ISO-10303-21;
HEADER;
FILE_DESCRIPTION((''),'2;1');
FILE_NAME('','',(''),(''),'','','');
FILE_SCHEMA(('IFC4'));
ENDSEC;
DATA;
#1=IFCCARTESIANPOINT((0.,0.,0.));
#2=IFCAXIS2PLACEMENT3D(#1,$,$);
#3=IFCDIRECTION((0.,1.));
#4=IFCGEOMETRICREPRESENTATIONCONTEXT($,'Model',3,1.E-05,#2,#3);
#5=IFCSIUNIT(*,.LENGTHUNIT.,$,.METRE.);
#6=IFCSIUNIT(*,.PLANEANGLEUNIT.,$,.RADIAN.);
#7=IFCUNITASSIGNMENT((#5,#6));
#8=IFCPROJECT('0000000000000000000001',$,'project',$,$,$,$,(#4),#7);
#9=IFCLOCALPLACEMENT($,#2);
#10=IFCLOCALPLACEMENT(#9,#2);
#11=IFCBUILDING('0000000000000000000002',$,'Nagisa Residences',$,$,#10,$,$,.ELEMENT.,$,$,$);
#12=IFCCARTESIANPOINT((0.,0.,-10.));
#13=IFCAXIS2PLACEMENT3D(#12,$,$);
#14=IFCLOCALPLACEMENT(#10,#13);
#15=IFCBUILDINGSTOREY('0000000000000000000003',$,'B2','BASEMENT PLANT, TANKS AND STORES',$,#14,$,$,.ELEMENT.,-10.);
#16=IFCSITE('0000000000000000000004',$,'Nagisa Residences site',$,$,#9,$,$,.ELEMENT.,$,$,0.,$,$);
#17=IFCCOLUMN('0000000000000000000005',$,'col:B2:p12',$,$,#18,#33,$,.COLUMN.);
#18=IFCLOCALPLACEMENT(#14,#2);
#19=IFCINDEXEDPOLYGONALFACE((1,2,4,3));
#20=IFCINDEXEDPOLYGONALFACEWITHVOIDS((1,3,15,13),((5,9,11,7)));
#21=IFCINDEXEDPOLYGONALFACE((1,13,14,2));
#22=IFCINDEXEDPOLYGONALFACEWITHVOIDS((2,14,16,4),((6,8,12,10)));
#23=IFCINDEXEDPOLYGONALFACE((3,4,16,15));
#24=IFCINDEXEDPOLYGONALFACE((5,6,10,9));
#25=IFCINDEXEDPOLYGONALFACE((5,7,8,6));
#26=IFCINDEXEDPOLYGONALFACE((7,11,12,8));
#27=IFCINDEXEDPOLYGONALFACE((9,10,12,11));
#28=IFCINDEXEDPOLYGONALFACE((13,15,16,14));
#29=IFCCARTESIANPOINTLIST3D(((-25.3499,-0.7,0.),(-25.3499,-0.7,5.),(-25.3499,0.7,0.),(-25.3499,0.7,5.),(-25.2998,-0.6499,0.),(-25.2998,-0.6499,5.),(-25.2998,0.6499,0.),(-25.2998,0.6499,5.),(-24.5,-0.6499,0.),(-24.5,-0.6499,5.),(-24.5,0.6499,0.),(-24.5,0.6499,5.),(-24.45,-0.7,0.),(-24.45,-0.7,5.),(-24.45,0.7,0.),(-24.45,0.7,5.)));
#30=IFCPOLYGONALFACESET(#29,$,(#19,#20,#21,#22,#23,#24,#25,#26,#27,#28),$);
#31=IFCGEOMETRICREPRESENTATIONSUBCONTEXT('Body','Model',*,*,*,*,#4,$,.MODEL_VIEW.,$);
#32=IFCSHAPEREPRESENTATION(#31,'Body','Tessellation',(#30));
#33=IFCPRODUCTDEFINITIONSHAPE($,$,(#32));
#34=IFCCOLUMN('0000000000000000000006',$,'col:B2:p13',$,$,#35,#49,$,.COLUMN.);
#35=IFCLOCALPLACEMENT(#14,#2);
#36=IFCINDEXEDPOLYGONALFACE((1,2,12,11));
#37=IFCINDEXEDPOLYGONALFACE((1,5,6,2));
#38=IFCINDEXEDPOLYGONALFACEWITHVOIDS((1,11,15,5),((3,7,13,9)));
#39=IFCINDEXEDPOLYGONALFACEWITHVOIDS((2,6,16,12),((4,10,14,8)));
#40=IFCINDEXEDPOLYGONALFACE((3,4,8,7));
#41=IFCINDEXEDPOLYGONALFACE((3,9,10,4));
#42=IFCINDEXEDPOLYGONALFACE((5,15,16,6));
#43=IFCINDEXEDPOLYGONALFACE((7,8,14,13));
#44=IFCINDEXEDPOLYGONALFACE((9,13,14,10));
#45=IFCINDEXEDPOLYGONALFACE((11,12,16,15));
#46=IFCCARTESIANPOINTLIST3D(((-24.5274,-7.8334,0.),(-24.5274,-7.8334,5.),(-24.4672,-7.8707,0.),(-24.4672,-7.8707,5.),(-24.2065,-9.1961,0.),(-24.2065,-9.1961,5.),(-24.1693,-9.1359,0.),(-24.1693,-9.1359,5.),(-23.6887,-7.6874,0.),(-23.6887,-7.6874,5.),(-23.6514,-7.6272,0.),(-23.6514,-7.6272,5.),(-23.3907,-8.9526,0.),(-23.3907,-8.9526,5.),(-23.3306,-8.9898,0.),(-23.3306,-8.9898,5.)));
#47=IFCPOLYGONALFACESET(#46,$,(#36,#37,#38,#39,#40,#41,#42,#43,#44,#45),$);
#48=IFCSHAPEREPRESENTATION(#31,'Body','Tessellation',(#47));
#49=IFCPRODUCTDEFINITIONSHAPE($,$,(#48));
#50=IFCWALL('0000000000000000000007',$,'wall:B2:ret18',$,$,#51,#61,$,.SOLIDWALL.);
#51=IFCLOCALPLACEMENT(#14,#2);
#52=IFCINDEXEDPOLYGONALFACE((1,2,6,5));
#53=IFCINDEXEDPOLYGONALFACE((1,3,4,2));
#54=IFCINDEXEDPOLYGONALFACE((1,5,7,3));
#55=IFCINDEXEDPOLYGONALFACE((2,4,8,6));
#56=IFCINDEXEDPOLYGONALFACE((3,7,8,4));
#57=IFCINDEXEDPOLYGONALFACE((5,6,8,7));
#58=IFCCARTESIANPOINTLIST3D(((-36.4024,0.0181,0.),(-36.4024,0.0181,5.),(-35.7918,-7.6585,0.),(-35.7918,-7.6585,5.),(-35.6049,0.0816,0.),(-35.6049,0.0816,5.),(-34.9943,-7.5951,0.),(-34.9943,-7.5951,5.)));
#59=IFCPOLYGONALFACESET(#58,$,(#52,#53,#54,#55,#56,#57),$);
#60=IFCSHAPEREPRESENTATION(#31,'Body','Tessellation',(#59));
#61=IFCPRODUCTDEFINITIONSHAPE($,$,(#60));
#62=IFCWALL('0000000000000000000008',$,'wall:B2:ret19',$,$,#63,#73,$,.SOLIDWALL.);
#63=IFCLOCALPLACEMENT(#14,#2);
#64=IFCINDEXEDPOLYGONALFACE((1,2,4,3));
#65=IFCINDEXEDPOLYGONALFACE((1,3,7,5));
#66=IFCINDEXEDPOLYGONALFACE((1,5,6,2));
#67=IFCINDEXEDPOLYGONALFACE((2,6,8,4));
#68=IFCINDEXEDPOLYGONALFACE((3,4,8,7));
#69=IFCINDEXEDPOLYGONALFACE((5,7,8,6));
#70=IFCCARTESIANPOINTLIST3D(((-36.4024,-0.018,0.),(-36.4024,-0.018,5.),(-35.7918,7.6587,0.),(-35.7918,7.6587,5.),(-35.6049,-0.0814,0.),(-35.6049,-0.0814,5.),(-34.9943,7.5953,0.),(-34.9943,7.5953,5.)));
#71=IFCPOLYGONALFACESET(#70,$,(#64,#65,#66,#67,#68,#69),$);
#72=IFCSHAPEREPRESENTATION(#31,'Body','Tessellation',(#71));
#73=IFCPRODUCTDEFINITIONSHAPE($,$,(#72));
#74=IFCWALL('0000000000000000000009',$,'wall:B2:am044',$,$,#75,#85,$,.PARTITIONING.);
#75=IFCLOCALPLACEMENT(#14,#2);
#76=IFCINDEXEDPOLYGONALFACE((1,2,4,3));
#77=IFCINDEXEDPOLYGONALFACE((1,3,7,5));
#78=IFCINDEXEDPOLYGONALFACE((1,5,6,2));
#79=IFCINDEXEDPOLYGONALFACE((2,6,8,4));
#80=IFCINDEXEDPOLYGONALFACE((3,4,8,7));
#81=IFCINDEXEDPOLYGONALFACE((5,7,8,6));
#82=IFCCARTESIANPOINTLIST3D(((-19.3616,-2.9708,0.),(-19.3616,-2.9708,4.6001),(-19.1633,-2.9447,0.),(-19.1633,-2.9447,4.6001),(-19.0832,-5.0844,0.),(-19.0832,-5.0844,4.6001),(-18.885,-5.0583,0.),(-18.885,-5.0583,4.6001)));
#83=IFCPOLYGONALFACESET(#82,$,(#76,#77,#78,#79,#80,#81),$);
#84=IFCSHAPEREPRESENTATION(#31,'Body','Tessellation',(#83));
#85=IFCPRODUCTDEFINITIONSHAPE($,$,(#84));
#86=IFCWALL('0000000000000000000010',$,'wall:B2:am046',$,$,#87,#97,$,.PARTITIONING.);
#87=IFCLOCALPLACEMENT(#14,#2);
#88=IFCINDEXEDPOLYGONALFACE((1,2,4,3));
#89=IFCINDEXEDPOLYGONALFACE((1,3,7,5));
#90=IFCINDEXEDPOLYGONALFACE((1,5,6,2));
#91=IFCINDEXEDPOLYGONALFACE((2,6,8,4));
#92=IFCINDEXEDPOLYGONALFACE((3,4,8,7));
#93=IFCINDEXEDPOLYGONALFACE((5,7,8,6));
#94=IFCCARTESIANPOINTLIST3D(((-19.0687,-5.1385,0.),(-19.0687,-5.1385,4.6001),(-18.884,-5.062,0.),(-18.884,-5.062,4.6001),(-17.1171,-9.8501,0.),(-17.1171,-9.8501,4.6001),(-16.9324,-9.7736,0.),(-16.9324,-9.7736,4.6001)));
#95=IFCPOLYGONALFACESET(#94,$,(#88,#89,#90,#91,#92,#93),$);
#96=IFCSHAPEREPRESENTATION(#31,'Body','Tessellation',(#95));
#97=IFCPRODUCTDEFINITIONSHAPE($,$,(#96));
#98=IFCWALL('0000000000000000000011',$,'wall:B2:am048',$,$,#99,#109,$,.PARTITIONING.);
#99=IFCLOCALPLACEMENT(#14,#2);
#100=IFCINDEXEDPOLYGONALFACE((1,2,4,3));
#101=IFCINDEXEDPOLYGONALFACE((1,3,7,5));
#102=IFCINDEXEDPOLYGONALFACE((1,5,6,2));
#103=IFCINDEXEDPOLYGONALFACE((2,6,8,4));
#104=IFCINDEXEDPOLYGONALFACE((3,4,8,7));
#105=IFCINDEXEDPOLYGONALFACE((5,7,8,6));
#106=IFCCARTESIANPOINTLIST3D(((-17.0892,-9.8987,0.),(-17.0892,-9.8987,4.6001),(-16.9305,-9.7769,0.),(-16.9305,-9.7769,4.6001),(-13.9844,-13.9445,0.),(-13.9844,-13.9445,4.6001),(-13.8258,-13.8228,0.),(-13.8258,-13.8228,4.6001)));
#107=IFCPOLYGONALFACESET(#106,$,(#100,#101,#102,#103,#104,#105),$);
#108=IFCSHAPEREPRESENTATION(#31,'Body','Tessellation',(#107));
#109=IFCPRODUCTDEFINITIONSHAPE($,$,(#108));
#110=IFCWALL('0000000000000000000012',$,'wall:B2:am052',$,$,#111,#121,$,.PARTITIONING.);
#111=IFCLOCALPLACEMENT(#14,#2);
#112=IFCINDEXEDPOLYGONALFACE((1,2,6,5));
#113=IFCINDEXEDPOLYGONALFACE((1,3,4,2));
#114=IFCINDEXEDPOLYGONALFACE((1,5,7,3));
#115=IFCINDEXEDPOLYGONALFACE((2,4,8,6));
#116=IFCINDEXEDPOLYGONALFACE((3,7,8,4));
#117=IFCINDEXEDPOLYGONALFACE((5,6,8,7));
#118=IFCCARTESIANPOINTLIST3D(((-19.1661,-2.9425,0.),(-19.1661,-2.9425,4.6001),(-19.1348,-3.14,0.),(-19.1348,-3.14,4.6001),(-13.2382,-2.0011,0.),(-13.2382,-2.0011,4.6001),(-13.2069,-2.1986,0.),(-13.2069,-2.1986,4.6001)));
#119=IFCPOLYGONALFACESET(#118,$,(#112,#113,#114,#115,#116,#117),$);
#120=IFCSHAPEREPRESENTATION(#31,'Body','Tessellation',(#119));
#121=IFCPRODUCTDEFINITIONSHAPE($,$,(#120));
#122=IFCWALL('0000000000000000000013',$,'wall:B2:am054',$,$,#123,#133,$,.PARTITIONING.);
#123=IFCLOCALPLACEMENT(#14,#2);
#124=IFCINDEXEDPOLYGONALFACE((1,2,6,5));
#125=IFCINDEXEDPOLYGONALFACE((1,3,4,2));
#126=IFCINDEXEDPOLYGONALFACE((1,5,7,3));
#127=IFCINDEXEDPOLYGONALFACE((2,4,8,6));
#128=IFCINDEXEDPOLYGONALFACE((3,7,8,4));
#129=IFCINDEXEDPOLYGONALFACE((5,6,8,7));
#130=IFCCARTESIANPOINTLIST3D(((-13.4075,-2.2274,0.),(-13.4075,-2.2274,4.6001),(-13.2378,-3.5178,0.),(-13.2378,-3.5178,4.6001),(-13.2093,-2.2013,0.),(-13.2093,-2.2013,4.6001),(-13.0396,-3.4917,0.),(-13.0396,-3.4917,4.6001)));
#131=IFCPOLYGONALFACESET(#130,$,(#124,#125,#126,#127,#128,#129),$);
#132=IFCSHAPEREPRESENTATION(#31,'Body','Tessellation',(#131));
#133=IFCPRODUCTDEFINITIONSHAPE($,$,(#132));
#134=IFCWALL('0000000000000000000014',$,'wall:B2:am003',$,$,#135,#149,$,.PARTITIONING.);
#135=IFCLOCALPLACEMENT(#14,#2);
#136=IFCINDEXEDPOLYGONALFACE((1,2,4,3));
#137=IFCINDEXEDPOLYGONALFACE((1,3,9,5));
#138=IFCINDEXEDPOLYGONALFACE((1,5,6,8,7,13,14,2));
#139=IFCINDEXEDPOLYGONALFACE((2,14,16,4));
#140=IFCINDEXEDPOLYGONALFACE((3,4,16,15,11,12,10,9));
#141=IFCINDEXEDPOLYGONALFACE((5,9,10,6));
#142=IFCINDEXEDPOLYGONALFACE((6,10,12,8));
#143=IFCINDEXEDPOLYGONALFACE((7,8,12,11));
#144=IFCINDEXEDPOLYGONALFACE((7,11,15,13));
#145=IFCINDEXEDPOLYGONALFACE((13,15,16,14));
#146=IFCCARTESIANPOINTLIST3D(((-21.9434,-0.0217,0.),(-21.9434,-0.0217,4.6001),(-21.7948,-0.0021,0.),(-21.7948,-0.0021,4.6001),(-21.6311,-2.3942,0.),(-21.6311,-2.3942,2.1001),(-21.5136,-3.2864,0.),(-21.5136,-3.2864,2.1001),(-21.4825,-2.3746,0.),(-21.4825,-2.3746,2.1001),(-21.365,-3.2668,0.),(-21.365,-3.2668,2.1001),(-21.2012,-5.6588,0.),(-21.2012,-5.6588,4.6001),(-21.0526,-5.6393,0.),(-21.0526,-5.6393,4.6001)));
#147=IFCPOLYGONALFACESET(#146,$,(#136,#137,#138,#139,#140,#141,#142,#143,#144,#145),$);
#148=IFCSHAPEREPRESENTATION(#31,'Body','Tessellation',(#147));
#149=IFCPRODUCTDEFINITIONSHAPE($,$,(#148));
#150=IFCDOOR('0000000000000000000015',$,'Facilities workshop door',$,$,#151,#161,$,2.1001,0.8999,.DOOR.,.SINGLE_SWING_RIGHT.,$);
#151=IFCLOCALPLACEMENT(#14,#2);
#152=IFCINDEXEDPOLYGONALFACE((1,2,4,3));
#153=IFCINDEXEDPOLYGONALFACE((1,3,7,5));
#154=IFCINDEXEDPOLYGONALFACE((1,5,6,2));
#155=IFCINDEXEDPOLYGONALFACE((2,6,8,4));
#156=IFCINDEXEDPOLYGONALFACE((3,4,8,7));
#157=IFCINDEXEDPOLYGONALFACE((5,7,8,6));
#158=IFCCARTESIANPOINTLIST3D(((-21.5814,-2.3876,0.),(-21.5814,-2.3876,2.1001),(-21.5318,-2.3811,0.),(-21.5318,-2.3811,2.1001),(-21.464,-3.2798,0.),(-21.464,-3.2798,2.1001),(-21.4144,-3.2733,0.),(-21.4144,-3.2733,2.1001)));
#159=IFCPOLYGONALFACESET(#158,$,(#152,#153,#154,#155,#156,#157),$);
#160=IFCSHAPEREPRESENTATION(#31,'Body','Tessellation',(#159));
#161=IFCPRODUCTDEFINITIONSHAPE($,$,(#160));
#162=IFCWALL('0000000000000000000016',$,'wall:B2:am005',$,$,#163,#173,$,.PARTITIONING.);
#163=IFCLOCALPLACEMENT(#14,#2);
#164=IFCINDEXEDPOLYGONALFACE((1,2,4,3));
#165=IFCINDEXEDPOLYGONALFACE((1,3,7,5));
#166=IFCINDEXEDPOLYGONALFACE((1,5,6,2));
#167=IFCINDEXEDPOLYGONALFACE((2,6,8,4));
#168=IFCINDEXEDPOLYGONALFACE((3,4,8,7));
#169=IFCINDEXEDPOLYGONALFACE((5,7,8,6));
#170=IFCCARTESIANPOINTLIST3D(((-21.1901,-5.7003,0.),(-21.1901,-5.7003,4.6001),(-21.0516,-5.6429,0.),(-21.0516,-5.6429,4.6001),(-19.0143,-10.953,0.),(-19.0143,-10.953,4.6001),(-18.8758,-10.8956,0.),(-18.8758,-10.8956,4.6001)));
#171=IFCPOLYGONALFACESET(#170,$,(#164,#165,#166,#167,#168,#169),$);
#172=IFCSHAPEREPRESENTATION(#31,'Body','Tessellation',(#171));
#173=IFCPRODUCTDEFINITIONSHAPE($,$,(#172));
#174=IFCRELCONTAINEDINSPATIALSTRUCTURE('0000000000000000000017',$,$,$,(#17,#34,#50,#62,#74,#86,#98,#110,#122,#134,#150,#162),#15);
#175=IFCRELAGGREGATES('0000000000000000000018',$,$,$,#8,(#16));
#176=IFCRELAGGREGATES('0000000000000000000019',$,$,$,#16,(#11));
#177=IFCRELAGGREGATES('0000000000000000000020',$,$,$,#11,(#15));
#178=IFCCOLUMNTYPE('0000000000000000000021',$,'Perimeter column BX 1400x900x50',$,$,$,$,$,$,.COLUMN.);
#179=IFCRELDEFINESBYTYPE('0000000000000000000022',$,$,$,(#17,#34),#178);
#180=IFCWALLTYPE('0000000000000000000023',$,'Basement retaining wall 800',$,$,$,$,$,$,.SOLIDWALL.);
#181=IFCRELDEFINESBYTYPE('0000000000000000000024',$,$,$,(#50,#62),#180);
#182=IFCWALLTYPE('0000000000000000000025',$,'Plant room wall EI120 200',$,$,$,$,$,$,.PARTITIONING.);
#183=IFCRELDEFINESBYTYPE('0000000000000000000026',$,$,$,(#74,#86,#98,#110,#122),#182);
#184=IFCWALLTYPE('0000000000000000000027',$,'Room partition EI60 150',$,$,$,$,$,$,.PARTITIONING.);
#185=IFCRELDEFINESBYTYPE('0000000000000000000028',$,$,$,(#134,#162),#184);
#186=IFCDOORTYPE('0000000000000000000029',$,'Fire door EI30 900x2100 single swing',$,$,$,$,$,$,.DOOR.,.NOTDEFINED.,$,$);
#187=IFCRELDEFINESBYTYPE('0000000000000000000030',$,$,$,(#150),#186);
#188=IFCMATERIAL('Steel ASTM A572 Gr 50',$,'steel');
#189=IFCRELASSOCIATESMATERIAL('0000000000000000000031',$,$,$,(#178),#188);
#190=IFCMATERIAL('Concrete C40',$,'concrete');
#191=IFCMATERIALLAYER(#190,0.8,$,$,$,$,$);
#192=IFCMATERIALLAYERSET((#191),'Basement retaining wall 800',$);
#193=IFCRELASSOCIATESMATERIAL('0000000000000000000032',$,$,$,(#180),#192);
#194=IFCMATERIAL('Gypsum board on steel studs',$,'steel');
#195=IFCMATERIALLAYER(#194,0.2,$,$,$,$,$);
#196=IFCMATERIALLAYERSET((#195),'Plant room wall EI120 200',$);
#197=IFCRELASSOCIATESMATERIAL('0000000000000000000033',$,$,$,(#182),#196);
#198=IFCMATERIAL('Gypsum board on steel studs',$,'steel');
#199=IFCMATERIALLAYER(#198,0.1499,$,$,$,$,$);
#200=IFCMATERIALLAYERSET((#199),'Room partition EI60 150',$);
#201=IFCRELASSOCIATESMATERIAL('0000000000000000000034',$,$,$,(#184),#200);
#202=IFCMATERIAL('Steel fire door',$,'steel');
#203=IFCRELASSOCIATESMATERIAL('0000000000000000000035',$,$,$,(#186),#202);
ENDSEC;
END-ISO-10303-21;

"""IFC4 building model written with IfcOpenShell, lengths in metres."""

from ifc_helpers import new_model, si_unit, direction, frame, frame_2d, origin, origin_2d, place, context, subcontext, project, spatial, rectangle, hollow_rectangle, extrude, material, layer, layer_set, material_profile, profile_set, type_object, element, fill, save


model = new_model("IFC4")

# Units and contexts
model_context = context("Model", 3, precision=1e-05, world=origin(), true_north=direction((0.0, 1.0)))
body_context = subcontext(model_context, "Body", "Model", "MODEL_VIEW")
ifc_project = project(units=[si_unit("LENGTHUNIT", "METRE"), si_unit("PLANEANGLEUNIT", "RADIAN")], contexts=[model_context])

# Site, building, storey
site_placement = place(None, origin())
site = spatial("IfcSite", under=ifc_project, at=site_placement, Name="Nagisa Residences site", CompositionType="ELEMENT", RefElevation=0.0)
building_placement = place(site_placement, origin())
building = spatial("IfcBuilding", under=site, at=building_placement, Name="Nagisa Residences", CompositionType="ELEMENT")
storey_placement = place(building_placement, frame((0.0, 0.0, -10.0)))
storey = spatial("IfcBuildingStorey", under=building, at=storey_placement, Name="B2", Description="BASEMENT PLANT, TANKS AND STORES", CompositionType="ELEMENT", Elevation=-10.0)

# Columns
ifc_material_1 = material(Name="Steel ASTM A572 Gr 50", Category="steel")
ifc_material_profile_1 = material_profile(ifc_material_1, hollow_rectangle(XDim=1.3999, YDim=0.8999, WallThickness=0.05, at=origin_2d()), Name="BX 1400x900x50")
ifc_profile_set_1 = profile_set([ifc_material_profile_1], Name="Steel ASTM A572 Gr 50")
column_type_1 = type_object("IfcColumnType", Name="Perimeter column BX 1400x900x50", PredefinedType="COLUMN", material=ifc_profile_set_1)
for number, where, z_axis, x_axis, name in (
    (1, (-24.8999, 0.0, 0.0), (0.0, 0.0, 1.0), (0.0, -1.0, 0.0), "col:B2:p12"),
    (2, (-23.929, -8.4116, 0.0), (0.0, 0.0, 1.0), (0.229202, -0.973379, 0.0), "col:B2:p13"),
):
    element("IfcColumn", number, at=place(storey_placement, frame(where, z_axis=z_axis, x_axis=x_axis)), inside=storey, type_object=column_type_1, Name=name, PredefinedType="COLUMN", context=body_context, shape_type="SweptSolid", body=[
        extrude(hollow_rectangle(XDim=1.3999, YDim=0.8999, WallThickness=0.05, at=origin_2d()), origin(), (0.0, 0.0, 1.0), 5.0),
    ])

# Walls
ifc_material_2 = material(Name="Concrete C40", Category="concrete")
ifc_layer_1 = layer(ifc_material_2, 0.8)
ifc_layer_set_1 = layer_set([ifc_layer_1], Name="Basement retaining wall 800")
wall_type_1 = type_object("IfcWallType", Name="Basement retaining wall 800", PredefinedType="SOLIDWALL", material=ifc_layer_set_1)
for number, where, z_axis, x_axis, name in (
    (3, (-35.3931, -7.627, 0.0), (0.0, 0.0, 1.0), (-0.079288, 0.996852, 0.0), "wall:B2:ret18"),
    (4, (-36.0037, -0.0498, 0.0), (0.0, 0.0, 1.0), (0.079288, 0.996852, 0.0), "wall:B2:ret19"),
):
    element("IfcWall", number, at=place(storey_placement, frame(where, z_axis=z_axis, x_axis=x_axis)), inside=storey, type_object=wall_type_1, Name=name, PredefinedType="SOLIDWALL", context=body_context, shape_type="SweptSolid", body=[
        extrude(rectangle(XDim=7.7009, YDim=0.8, at=frame_2d((3.8506, 0.0))), origin(), (0.0, 0.0, 1.0), 5.0),
    ])
ifc_material_3 = material(Name="Gypsum board on steel studs", Category="steel")
ifc_layer_2 = layer(ifc_material_3, 0.2)
ifc_layer_set_2 = layer_set([ifc_layer_2], Name="Plant room wall EI120 200")
wall_type_2 = type_object("IfcWallType", Name="Plant room wall EI120 200", PredefinedType="PARTITIONING", material=ifc_layer_set_2)
wall_1_placement = place(storey_placement, frame((-19.2625, -2.9578, 0.0), z_axis=(0.0, 0.0, 1.0), x_axis=(0.130558, -0.991441, 0.0)))
element("IfcWall", 5, at=wall_1_placement, inside=storey, type_object=wall_type_2, Name="wall:B2:am044", PredefinedType="PARTITIONING", context=body_context, shape_type="SweptSolid", body=[
    extrude(rectangle(XDim=2.1318, YDim=0.2, at=frame_2d((1.0659, 0.0))), origin(), (0.0, 0.0, 1.0), 4.6001),
])
for number, where, z_axis, x_axis, name in (
    (6, (-18.9763, -5.1003, 0.0), (0.0, 0.0, 1.0), (0.382687, -0.923878, 0.0), "wall:B2:am046"),
    (7, (-17.0098, -9.8379, 0.0), (0.0, 0.0, 1.0), (0.608787, -0.793334, 0.0), "wall:B2:am048"),
):
    element("IfcWall", number, at=place(storey_placement, frame(where, z_axis=z_axis, x_axis=x_axis)), inside=storey, type_object=wall_type_2, Name=name, PredefinedType="PARTITIONING", context=body_context, shape_type="SweptSolid", body=[
        extrude(rectangle(XDim=5.0999, YDim=0.2, at=frame_2d((2.5498, 0.0))), origin(), (0.0, 0.0, 1.0), 4.6001),
    ])
wall_2_placement = place(storey_placement, frame((-13.2227, -2.0999, 0.0), z_axis=(0.0, 0.0, 1.0), x_axis=(-0.987624, -0.156842, 0.0)))
element("IfcWall", 8, at=wall_2_placement, inside=storey, type_object=wall_type_2, Name="wall:B2:am052", PredefinedType="PARTITIONING", context=body_context, shape_type="SweptSolid", body=[
    extrude(rectangle(XDim=6.0022, YDim=0.2, at=frame_2d((3.001, 0.0))), origin(), (0.0, 0.0, 1.0), 4.6001),
])
wall_3_placement = place(storey_placement, frame((-13.1387, -3.5049, 0.0), z_axis=(0.0, 0.0, 1.0), x_axis=(-0.130382, 0.991464, 0.0)))
element("IfcWall", 9, at=wall_3_placement, inside=storey, type_object=wall_type_2, Name="wall:B2:am054", PredefinedType="PARTITIONING", context=body_context, shape_type="SweptSolid", body=[
    extrude(rectangle(XDim=1.3015, YDim=0.2, at=frame_2d((0.6509, 0.0))), origin(), (0.0, 0.0, 1.0), 4.6001),
])

# Wall, opening, door
ifc_material_4 = material(Name="Gypsum board on steel studs", Category="steel")
ifc_layer_3 = layer(ifc_material_4, 0.1499)
ifc_layer_set_3 = layer_set([ifc_layer_3], Name="Room partition EI60 150")
wall_type_3 = type_object("IfcWallType", Name="Room partition EI60 150", PredefinedType="PARTITIONING", material=ifc_layer_set_3)
wall_4_placement = place(storey_placement, frame((-21.127, -5.6489, 0.0), z_axis=(0.0, 0.0, 1.0), x_axis=(-0.130532, 0.991444, 0.0)))
wall_4 = element("IfcWall", 10, at=wall_4_placement, inside=storey, type_object=wall_type_3, Name="wall:B2:am003", PredefinedType="PARTITIONING", context=body_context, shape_type="SweptSolid", body=[
    extrude(rectangle(XDim=5.6858, YDim=0.1499, at=frame_2d((2.8428, 0.0))), origin(), (0.0, 0.0, 1.0), 4.6001),
])
opening_placement = place(wall_4_placement, frame((2.3928, 0.0, 0.0)))
opening = element("IfcOpeningElement", 11, at=opening_placement, cuts=wall_4, PredefinedType="OPENING", context=body_context, shape_type="SweptSolid", body=[
    extrude(rectangle(XDim=0.8999, YDim=2.1001, at=frame_2d((0.45, 1.05))), frame((0.0, 0.085, 0.0), z_axis=(0.0, -1.0, 0.0), x_axis=(1.0, 0.0, 0.0)), (0.0, 0.0, 1.0), 0.1699),
])
ifc_material_5 = material(Name="Steel fire door", Category="steel")
door_type = type_object("IfcDoorType", Name="Fire door EI30 900x2100 single swing", OperationType="NOTDEFINED", PredefinedType="DOOR", material=ifc_material_5)
door_placement = place(opening_placement, origin())
door = element("IfcDoor", 12, at=door_placement, inside=storey, type_object=door_type, Name="Facilities workshop door", OperationType="SINGLE_SWING_RIGHT", OverallHeight=2.1001, OverallWidth=0.8999, PredefinedType="DOOR", context=body_context, shape_type="SweptSolid", body=[
    extrude(rectangle(XDim=0.8999, YDim=2.1001, at=frame_2d((0.45, 1.05))), frame((0.0, 0.0249, 0.0), z_axis=(0.0, -1.0, 0.0), x_axis=(1.0, 0.0, 0.0)), (0.0, 0.0, 1.0), 0.05),
])
fill(opening, door)

# Wall
wall_5_placement = place(storey_placement, frame((-18.9451, -10.9243, 0.0), z_axis=(0.0, 0.0, 1.0), x_axis=(-0.382691, 0.923877, 0.0)))
element("IfcWall", 13, at=wall_5_placement, inside=storey, type_object=wall_type_3, Name="wall:B2:am005", PredefinedType="PARTITIONING", context=body_context, shape_type="SweptSolid", body=[
    extrude(rectangle(XDim=5.6855, YDim=0.1499, at=frame_2d((2.8428, 0.0))), origin(), (0.0, 0.0, 1.0), 4.6001),
])

save(model, "model.ifc")
